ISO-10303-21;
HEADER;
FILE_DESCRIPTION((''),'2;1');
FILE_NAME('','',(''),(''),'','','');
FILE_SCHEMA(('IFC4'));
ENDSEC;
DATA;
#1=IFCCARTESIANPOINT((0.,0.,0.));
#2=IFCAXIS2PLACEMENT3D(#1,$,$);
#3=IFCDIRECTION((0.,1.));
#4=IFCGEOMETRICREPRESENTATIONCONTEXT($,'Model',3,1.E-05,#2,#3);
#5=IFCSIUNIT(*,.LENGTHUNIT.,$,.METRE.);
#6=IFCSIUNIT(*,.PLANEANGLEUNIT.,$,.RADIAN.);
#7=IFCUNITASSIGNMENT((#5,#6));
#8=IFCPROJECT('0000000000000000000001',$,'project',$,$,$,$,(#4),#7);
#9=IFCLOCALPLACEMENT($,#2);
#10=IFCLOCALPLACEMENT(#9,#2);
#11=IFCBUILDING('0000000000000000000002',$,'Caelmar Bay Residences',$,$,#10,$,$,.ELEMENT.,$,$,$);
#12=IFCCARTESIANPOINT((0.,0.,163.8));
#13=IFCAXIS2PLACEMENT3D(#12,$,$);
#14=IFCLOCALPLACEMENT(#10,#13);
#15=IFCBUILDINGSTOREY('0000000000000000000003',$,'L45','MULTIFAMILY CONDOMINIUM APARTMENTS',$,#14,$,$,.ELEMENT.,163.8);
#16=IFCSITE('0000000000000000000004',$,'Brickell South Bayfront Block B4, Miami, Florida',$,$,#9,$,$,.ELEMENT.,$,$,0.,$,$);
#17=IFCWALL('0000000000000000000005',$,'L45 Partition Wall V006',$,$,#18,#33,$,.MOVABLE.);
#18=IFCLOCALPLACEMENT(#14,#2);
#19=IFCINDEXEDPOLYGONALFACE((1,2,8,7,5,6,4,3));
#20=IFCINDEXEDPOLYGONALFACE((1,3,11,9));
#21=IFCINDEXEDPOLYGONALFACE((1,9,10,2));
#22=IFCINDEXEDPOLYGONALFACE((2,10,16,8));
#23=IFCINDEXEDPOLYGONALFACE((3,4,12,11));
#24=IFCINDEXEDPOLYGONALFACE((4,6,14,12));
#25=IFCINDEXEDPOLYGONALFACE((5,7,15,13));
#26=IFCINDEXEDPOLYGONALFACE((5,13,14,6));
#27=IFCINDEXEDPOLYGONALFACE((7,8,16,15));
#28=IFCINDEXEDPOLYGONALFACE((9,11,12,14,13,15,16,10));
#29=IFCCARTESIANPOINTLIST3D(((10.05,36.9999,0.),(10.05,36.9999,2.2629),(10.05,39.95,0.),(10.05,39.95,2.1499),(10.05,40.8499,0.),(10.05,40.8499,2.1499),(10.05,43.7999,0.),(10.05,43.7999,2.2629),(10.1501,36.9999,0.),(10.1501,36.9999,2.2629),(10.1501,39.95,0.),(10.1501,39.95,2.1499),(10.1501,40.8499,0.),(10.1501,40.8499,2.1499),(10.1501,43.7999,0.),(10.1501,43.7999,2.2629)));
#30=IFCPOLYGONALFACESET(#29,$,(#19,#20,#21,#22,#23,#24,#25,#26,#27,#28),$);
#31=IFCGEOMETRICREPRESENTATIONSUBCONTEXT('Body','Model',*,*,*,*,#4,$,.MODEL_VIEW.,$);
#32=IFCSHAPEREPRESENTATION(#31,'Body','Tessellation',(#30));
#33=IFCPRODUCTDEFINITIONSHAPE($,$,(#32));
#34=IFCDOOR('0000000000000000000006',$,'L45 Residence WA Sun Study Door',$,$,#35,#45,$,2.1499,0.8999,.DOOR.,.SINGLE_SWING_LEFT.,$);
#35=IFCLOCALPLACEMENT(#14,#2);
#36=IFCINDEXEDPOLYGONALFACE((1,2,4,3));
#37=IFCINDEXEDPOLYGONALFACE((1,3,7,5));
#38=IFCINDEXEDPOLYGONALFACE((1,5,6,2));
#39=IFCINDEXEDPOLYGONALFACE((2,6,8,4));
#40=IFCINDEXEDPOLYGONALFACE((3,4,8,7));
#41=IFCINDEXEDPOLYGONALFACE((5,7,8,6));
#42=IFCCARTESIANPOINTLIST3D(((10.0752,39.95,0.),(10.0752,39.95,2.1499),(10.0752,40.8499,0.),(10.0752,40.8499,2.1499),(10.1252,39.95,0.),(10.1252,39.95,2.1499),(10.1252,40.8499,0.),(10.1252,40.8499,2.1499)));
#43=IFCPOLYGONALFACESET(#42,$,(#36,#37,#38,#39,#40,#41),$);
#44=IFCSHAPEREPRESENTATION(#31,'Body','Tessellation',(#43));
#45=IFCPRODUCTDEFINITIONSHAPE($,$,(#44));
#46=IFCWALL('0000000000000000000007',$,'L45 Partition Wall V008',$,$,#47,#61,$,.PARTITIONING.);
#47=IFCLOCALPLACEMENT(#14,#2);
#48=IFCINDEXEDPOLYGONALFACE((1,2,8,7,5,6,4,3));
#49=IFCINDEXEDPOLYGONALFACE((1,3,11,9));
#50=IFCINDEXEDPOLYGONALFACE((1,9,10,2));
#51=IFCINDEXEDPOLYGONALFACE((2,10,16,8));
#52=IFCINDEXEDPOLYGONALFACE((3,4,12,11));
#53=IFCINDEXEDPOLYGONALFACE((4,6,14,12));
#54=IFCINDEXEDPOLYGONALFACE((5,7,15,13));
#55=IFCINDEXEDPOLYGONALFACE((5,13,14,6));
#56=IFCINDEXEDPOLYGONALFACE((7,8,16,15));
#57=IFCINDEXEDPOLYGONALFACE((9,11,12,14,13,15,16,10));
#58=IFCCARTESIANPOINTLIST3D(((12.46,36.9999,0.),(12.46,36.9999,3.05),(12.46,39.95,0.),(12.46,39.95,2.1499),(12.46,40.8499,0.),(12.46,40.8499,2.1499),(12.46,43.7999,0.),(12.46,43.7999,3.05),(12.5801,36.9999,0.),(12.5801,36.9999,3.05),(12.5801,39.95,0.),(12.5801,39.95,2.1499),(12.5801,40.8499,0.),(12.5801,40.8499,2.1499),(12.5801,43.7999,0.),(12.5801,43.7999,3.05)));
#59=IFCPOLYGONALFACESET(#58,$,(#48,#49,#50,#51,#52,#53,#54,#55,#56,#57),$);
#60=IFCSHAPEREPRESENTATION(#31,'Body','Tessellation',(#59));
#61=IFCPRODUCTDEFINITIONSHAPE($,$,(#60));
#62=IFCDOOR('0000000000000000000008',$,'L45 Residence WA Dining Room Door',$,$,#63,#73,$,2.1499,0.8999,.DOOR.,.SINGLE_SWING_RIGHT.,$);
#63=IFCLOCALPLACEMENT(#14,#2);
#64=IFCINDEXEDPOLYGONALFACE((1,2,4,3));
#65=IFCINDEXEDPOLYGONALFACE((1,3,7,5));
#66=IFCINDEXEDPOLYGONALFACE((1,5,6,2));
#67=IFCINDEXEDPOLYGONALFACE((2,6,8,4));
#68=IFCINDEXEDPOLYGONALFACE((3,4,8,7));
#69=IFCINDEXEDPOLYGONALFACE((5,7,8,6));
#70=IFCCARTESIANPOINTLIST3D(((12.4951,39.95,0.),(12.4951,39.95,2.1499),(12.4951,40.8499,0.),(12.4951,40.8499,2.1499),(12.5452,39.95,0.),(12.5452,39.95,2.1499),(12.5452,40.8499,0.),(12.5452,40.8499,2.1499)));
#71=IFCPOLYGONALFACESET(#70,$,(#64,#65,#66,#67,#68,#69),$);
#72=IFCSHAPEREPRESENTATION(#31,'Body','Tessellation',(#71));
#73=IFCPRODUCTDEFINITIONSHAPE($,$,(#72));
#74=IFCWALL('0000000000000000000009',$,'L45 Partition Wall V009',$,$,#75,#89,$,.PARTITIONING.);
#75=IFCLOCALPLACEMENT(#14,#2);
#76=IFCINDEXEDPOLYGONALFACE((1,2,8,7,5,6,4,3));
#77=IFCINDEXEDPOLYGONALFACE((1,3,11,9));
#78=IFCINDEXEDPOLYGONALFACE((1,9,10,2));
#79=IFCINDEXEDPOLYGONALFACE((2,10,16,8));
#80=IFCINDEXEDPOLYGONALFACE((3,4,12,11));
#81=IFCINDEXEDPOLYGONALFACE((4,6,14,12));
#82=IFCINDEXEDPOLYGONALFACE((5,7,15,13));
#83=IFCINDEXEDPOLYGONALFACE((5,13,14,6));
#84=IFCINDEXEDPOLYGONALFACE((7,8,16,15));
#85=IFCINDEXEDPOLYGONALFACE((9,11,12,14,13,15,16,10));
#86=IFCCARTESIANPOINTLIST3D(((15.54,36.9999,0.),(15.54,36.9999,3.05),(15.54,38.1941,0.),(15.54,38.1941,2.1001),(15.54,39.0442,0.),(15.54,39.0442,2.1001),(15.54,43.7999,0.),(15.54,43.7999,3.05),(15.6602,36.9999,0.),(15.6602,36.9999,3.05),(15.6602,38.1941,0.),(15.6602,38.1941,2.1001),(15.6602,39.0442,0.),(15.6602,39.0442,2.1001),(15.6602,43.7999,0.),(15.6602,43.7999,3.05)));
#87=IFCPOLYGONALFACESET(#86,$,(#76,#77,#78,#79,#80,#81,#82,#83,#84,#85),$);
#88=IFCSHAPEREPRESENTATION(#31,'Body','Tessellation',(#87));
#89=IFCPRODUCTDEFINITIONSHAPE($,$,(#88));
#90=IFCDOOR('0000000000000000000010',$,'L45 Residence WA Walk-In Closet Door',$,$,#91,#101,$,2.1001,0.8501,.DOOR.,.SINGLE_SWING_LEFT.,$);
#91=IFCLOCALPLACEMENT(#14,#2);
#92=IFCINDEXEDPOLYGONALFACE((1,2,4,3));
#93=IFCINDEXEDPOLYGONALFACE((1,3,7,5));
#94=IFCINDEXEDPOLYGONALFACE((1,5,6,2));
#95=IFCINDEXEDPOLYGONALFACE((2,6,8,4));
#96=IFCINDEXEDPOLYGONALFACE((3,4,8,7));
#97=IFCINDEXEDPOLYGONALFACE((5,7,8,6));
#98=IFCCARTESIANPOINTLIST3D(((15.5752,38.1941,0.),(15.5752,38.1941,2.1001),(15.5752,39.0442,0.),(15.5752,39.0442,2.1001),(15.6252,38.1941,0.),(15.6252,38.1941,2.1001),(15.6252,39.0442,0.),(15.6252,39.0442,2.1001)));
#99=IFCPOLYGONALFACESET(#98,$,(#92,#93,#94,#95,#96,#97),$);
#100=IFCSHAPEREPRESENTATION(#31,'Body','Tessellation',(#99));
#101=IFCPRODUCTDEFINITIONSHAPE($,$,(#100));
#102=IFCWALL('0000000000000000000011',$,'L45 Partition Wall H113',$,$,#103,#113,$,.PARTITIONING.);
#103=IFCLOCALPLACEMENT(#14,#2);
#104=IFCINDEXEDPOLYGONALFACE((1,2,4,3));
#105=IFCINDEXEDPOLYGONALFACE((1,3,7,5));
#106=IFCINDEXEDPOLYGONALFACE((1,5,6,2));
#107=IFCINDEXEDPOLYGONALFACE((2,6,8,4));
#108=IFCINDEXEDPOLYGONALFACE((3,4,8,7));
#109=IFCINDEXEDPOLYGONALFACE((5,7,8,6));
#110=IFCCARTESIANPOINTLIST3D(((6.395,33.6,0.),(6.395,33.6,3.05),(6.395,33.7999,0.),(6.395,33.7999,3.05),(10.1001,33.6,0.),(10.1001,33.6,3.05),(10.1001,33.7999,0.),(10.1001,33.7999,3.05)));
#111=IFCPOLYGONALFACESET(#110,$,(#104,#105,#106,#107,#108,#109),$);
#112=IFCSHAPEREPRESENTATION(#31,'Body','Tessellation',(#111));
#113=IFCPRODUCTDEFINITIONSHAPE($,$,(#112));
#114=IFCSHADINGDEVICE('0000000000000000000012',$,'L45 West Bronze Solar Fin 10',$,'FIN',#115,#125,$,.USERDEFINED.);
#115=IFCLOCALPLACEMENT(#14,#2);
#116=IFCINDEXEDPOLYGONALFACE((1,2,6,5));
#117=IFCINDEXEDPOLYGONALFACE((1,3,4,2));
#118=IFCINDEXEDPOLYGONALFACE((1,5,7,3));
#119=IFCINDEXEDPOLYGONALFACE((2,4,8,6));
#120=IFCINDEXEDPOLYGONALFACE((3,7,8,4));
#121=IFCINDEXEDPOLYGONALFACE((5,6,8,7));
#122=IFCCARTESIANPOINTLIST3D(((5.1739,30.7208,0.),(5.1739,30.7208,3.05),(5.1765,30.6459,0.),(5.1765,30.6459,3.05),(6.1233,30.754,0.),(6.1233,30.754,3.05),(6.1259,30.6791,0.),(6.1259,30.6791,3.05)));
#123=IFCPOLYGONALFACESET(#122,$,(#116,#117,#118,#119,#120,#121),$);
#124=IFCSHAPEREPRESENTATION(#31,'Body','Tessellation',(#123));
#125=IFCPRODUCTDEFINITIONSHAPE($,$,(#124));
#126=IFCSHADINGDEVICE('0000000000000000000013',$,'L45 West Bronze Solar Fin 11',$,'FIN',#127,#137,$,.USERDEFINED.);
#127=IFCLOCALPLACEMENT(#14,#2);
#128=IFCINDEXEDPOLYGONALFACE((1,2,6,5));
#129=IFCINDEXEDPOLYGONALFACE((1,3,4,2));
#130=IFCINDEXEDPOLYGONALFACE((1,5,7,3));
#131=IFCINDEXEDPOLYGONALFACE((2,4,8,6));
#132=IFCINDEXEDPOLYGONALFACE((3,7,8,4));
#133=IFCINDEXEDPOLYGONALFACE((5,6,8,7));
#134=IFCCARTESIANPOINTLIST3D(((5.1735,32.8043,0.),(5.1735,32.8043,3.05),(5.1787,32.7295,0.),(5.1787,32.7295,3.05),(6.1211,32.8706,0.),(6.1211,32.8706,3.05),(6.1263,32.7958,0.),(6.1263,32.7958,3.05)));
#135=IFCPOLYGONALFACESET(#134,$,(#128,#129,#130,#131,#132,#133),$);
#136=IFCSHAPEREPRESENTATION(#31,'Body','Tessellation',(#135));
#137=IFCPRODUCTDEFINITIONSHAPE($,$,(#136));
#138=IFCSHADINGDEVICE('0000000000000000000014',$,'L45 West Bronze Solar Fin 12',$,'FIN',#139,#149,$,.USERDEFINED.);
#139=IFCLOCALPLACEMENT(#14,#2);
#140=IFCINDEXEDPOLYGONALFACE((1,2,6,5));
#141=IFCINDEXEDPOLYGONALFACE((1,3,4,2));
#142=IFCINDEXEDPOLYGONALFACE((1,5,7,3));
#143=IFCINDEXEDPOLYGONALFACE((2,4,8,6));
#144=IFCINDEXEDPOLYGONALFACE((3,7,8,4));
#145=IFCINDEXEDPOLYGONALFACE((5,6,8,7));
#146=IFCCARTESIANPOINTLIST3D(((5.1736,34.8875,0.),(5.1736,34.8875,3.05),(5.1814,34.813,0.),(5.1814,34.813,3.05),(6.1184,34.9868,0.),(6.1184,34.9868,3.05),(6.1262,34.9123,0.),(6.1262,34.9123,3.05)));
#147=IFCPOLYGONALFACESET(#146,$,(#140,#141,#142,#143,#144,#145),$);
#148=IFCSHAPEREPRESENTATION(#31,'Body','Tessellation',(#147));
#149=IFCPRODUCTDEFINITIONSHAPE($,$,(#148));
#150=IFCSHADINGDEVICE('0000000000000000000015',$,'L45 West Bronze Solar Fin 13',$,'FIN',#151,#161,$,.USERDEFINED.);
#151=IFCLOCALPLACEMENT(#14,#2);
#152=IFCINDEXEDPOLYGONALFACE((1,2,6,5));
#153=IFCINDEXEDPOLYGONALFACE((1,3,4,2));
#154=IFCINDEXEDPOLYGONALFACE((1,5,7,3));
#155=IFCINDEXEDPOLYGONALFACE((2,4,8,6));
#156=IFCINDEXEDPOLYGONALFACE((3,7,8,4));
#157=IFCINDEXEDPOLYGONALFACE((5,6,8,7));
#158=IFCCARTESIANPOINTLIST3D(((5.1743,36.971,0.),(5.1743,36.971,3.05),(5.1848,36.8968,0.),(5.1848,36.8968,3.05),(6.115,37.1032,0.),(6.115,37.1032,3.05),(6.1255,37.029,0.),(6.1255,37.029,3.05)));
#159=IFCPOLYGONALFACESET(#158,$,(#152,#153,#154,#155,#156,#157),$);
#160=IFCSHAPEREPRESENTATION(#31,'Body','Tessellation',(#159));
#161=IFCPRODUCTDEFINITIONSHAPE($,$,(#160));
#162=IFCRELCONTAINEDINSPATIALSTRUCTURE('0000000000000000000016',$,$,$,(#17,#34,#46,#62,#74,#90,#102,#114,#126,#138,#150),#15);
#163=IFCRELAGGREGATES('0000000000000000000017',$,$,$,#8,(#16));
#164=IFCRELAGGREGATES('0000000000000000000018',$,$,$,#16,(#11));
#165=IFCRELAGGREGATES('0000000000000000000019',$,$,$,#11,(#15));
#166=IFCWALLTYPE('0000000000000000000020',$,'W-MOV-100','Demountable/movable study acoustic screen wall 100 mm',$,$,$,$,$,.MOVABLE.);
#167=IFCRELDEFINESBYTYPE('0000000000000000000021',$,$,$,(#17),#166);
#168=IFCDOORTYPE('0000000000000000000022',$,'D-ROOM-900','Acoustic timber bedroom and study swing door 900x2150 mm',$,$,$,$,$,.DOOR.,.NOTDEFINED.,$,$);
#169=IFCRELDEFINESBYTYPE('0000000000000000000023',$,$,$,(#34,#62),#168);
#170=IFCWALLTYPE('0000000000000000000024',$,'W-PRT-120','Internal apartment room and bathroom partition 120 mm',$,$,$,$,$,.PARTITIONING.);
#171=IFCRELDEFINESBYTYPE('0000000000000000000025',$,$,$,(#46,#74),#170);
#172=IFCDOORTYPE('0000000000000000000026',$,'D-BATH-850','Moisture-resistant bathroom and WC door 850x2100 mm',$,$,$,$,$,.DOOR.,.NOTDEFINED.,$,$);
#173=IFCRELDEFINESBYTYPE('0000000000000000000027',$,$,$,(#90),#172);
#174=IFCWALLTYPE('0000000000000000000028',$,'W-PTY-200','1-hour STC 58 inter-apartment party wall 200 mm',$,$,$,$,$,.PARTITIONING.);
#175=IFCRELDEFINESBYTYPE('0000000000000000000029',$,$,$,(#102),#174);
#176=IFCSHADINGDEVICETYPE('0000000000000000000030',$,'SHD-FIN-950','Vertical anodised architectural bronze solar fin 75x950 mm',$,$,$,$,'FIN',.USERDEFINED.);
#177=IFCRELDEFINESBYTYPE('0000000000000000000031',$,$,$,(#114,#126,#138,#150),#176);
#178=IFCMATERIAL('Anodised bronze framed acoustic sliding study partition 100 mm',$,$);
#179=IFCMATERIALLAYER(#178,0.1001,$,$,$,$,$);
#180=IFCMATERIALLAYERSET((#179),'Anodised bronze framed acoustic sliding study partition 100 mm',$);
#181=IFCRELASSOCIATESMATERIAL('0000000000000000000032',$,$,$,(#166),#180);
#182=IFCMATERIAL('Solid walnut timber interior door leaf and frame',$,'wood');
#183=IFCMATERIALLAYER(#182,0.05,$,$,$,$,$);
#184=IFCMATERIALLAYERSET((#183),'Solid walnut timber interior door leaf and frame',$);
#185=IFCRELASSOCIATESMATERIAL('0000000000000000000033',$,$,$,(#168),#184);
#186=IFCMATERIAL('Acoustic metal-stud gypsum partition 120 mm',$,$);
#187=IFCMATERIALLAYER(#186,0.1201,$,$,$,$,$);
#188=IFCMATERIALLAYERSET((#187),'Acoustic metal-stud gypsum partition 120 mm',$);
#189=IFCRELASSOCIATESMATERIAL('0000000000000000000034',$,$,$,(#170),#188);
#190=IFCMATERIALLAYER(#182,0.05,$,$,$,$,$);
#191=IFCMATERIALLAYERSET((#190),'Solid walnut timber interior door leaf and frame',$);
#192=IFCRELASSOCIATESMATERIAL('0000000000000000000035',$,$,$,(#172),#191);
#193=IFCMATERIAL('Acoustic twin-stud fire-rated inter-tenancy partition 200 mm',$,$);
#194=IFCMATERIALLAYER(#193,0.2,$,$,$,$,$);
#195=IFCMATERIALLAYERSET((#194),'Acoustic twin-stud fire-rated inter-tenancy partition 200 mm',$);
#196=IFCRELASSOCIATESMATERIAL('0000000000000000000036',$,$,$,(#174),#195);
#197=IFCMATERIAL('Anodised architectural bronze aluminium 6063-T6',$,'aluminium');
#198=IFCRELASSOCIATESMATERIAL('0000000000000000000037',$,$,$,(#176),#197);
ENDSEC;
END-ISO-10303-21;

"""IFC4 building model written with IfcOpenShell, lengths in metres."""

from ifc_helpers import new_model, si_unit, direction, frame, frame_2d, origin, origin_2d, place, context, subcontext, project, spatial, rectangle, extrude, material, layer, layer_set, material_profile, profile_set, type_object, element, fill, save


model = new_model("IFC4")

# Units and contexts
model_context = context("Model", 3, precision=1e-05, world=origin(), true_north=direction((0.0, 1.0)))
body_context = subcontext(model_context, "Body", "Model", "MODEL_VIEW")
ifc_project = project(units=[si_unit("LENGTHUNIT", "METRE"), si_unit("PLANEANGLEUNIT", "RADIAN")], contexts=[model_context])

# Site, building, storey
site_placement = place(None, origin())
site = spatial("IfcSite", under=ifc_project, at=site_placement, Name="Brickell South Bayfront Block B4, Miami, Florida", CompositionType="ELEMENT", RefElevation=0.0)
building_placement = place(site_placement, origin())
building = spatial("IfcBuilding", under=site, at=building_placement, Name="Caelmar Bay Residences", CompositionType="ELEMENT")
storey_placement = place(building_placement, frame((0.0, 0.0, 163.8)))
storey = spatial("IfcBuildingStorey", under=building, at=storey_placement, Name="L45", Description="MULTIFAMILY CONDOMINIUM APARTMENTS", CompositionType="ELEMENT", Elevation=163.8)

# Walls, openings, doors
ifc_material_1 = material(Name="Anodised bronze framed acoustic sliding study partition 100 mm")
ifc_layer_1 = layer(ifc_material_1, 0.1001)
ifc_layer_set_1 = layer_set([ifc_layer_1], Name="Anodised bronze framed acoustic sliding study partition 100 mm")
wall_type_1 = type_object("IfcWallType", Name="W-MOV-100", Description="Demountable/movable study acoustic screen wall 100 mm", PredefinedType="MOVABLE", material=ifc_layer_set_1)
wall_1_placement = place(storey_placement, frame((10.1001, 37.0, 0.0), z_axis=(0.0, 0.0, 1.0), x_axis=(0.0, 1.0, 0.0)))
wall_1 = element("IfcWall", 1, at=wall_1_placement, inside=storey, type_object=wall_type_1, Name="L45 Partition Wall V006", PredefinedType="MOVABLE", context=body_context, shape_type="SweptSolid", body=[
    extrude(rectangle(XDim=6.8, YDim=0.1001, at=frame_2d((3.3999, 0.0))), origin(), (0.0, 0.0, 1.0), 2.2629),
])
opening_1_placement = place(wall_1_placement, frame((2.95, 0.0, 0.0)))
opening_1 = element("IfcOpeningElement", 2, at=opening_1_placement, cuts=wall_1, PredefinedType="OPENING", context=body_context, shape_type="SweptSolid", body=[
    extrude(rectangle(XDim=0.8999, YDim=2.1499, at=frame_2d((0.45, 1.075))), frame((0.0, 0.0601, 0.0), z_axis=(0.0, -1.0, 0.0), x_axis=(1.0, 0.0, 0.0)), (0.0, 0.0, 1.0), 0.1201),
])
ifc_material_2 = material(Name="Solid walnut timber interior door leaf and frame", Category="wood")
ifc_layer_2 = layer(ifc_material_2, 0.05)
ifc_layer_set_2 = layer_set([ifc_layer_2], Name="Solid walnut timber interior door leaf and frame")
door_type_1 = type_object("IfcDoorType", Name="D-ROOM-900", Description="Acoustic timber bedroom and study swing door 900x2150 mm", OperationType="NOTDEFINED", PredefinedType="DOOR", material=ifc_layer_set_2)
door_1_placement = place(opening_1_placement, origin())
door_1 = element("IfcDoor", 3, at=door_1_placement, inside=storey, type_object=door_type_1, Name="L45 Residence WA Sun Study Door", OperationType="SINGLE_SWING_LEFT", OverallHeight=2.1499, OverallWidth=0.8999, PredefinedType="DOOR", context=body_context, shape_type="SweptSolid", body=[
    extrude(rectangle(XDim=0.8999, YDim=2.1499, at=frame_2d((0.45, 1.075))), frame((0.0, 0.0249, 0.0), z_axis=(0.0, -1.0, 0.0), x_axis=(1.0, 0.0, 0.0)), (0.0, 0.0, 1.0), 0.05),
])
fill(opening_1, door_1)
ifc_material_3 = material(Name="Acoustic metal-stud gypsum partition 120 mm")
ifc_layer_3 = layer(ifc_material_3, 0.1201)
ifc_layer_set_3 = layer_set([ifc_layer_3], Name="Acoustic metal-stud gypsum partition 120 mm")
wall_type_2 = type_object("IfcWallType", Name="W-PRT-120", Description="Internal apartment room and bathroom partition 120 mm", PredefinedType="PARTITIONING", material=ifc_layer_set_3)
wall_2_placement = place(storey_placement, frame((12.52, 37.0, 0.0), z_axis=(0.0, 0.0, 1.0), x_axis=(0.0, 1.0, 0.0)))
wall_2 = element("IfcWall", 4, at=wall_2_placement, inside=storey, type_object=wall_type_2, Name="L45 Partition Wall V008", PredefinedType="PARTITIONING", context=body_context, shape_type="SweptSolid", body=[
    extrude(rectangle(XDim=6.8, YDim=0.1201, at=frame_2d((3.3999, 0.0))), origin(), (0.0, 0.0, 1.0), 3.05),
])
opening_2_placement = place(wall_2_placement, frame((2.95, 0.0, 0.0)))
opening_2 = element("IfcOpeningElement", 5, at=opening_2_placement, cuts=wall_2, PredefinedType="OPENING", context=body_context, shape_type="SweptSolid", body=[
    extrude(rectangle(XDim=0.8999, YDim=2.1499, at=frame_2d((0.45, 1.075))), frame((0.0, 0.0701, 0.0), z_axis=(0.0, -1.0, 0.0), x_axis=(1.0, 0.0, 0.0)), (0.0, 0.0, 1.0), 0.1401),
])
door_2_placement = place(opening_2_placement, origin())
door_2 = element("IfcDoor", 6, at=door_2_placement, inside=storey, type_object=door_type_1, Name="L45 Residence WA Dining Room Door", OperationType="SINGLE_SWING_RIGHT", OverallHeight=2.1499, OverallWidth=0.8999, PredefinedType="DOOR", context=body_context, shape_type="SweptSolid", body=[
    extrude(rectangle(XDim=0.8999, YDim=2.1499, at=frame_2d((0.45, 1.075))), frame((0.0, 0.0249, 0.0), z_axis=(0.0, -1.0, 0.0), x_axis=(1.0, 0.0, 0.0)), (0.0, 0.0, 1.0), 0.05),
])
fill(opening_2, door_2)
wall_3_placement = place(storey_placement, frame((15.6001, 37.0, 0.0), z_axis=(0.0, 0.0, 1.0), x_axis=(0.0, 1.0, 0.0)))
wall_3 = element("IfcWall", 7, at=wall_3_placement, inside=storey, type_object=wall_type_2, Name="L45 Partition Wall V009", PredefinedType="PARTITIONING", context=body_context, shape_type="SweptSolid", body=[
    extrude(rectangle(XDim=6.8, YDim=0.1201, at=frame_2d((3.3999, 0.0))), origin(), (0.0, 0.0, 1.0), 3.05),
])
opening_3_placement = place(wall_3_placement, frame((1.1941, 0.0, 0.0)))
opening_3 = element("IfcOpeningElement", 8, at=opening_3_placement, cuts=wall_3, PredefinedType="OPENING", context=body_context, shape_type="SweptSolid", body=[
    extrude(rectangle(XDim=0.8501, YDim=2.1001, at=frame_2d((0.425, 1.05))), frame((0.0, 0.0701, 0.0), z_axis=(0.0, -1.0, 0.0), x_axis=(1.0, 0.0, 0.0)), (0.0, 0.0, 1.0), 0.1401),
])
ifc_layer_4 = layer(ifc_material_2, 0.05)
ifc_layer_set_4 = layer_set([ifc_layer_4], Name="Solid walnut timber interior door leaf and frame")
door_type_2 = type_object("IfcDoorType", Name="D-BATH-850", Description="Moisture-resistant bathroom and WC door 850x2100 mm", OperationType="NOTDEFINED", PredefinedType="DOOR", material=ifc_layer_set_4)
door_3_placement = place(opening_3_placement, origin())
door_3 = element("IfcDoor", 9, at=door_3_placement, inside=storey, type_object=door_type_2, Name="L45 Residence WA Walk-In Closet Door", OperationType="SINGLE_SWING_LEFT", OverallHeight=2.1001, OverallWidth=0.8501, PredefinedType="DOOR", context=body_context, shape_type="SweptSolid", body=[
    extrude(rectangle(XDim=0.8501, YDim=2.1001, at=frame_2d((0.425, 1.05))), frame((0.0, 0.0249, 0.0), z_axis=(0.0, -1.0, 0.0), x_axis=(1.0, 0.0, 0.0)), (0.0, 0.0, 1.0), 0.05),
])
fill(opening_3, door_3)

# Wall
ifc_material_4 = material(Name="Acoustic twin-stud fire-rated inter-tenancy partition 200 mm")
ifc_layer_5 = layer(ifc_material_4, 0.2)
ifc_layer_set_5 = layer_set([ifc_layer_5], Name="Acoustic twin-stud fire-rated inter-tenancy partition 200 mm")
wall_type_3 = type_object("IfcWallType", Name="W-PTY-200", Description="1-hour STC 58 inter-apartment party wall 200 mm", PredefinedType="PARTITIONING", material=ifc_layer_set_5)
wall_4_placement = place(storey_placement, frame((6.395, 33.7, 0.0), z_axis=(0.0, 0.0, 1.0), x_axis=(1.0, 0.0, 0.0)))
element("IfcWall", 10, at=wall_4_placement, inside=storey, type_object=wall_type_3, Name="L45 Partition Wall H113", PredefinedType="PARTITIONING", context=body_context, shape_type="SweptSolid", body=[
    extrude(rectangle(XDim=3.7051, YDim=0.2, at=frame_2d((1.8525, 0.0))), origin(), (0.0, 0.0, 1.0), 3.05),
])

# Shading devices
ifc_material_5 = material(Name="Anodised architectural bronze aluminium 6063-T6", Category="aluminium")
ifc_material_profile_1 = material_profile(ifc_material_5, rectangle(XDim=0.075, YDim=0.95, at=origin_2d()), Name="BRONZE-FIN-75X950")
ifc_profile_set_1 = profile_set([ifc_material_profile_1], Name="Anodised architectural bronze aluminium 6063-T6")
shading_device_type = type_object("IfcShadingDeviceType", Name="SHD-FIN-950", Description="Vertical anodised architectural bronze solar fin 75x950 mm", ElementType="FIN", PredefinedType="USERDEFINED", material=ifc_profile_set_1)
for number, where, z_axis, x_axis, name in (
    (11, (5.6499, 30.7, 0.0), (0.0, 0.0, 1.0), (-0.034899, 0.999391, 0.0), "L45 West Bronze Solar Fin 10"),
    (12, (5.6499, 32.8, 0.0), (0.0, 0.0, 1.0), (-0.069756, 0.997564, 0.0), "L45 West Bronze Solar Fin 11"),
    (13, (5.6499, 34.8999, 0.0), (0.0, 0.0, 1.0), (-0.104528, 0.994522, 0.0), "L45 West Bronze Solar Fin 12"),
    (14, (5.6499, 37.0, 0.0), (0.0, 0.0, 1.0), (-0.139173, 0.990268, 0.0), "L45 West Bronze Solar Fin 13"),
):
    element("IfcShadingDevice", number, at=place(storey_placement, frame(where, z_axis=z_axis, x_axis=x_axis)), inside=storey, type_object=shading_device_type, Name=name, ObjectType="FIN", PredefinedType="USERDEFINED", context=body_context, shape_type="SweptSolid", body=[
        extrude(rectangle(XDim=0.075, YDim=0.95, at=origin_2d()), origin(), (0.0, 0.0, 1.0), 3.05),
    ])

save(model, "model.ifc")
